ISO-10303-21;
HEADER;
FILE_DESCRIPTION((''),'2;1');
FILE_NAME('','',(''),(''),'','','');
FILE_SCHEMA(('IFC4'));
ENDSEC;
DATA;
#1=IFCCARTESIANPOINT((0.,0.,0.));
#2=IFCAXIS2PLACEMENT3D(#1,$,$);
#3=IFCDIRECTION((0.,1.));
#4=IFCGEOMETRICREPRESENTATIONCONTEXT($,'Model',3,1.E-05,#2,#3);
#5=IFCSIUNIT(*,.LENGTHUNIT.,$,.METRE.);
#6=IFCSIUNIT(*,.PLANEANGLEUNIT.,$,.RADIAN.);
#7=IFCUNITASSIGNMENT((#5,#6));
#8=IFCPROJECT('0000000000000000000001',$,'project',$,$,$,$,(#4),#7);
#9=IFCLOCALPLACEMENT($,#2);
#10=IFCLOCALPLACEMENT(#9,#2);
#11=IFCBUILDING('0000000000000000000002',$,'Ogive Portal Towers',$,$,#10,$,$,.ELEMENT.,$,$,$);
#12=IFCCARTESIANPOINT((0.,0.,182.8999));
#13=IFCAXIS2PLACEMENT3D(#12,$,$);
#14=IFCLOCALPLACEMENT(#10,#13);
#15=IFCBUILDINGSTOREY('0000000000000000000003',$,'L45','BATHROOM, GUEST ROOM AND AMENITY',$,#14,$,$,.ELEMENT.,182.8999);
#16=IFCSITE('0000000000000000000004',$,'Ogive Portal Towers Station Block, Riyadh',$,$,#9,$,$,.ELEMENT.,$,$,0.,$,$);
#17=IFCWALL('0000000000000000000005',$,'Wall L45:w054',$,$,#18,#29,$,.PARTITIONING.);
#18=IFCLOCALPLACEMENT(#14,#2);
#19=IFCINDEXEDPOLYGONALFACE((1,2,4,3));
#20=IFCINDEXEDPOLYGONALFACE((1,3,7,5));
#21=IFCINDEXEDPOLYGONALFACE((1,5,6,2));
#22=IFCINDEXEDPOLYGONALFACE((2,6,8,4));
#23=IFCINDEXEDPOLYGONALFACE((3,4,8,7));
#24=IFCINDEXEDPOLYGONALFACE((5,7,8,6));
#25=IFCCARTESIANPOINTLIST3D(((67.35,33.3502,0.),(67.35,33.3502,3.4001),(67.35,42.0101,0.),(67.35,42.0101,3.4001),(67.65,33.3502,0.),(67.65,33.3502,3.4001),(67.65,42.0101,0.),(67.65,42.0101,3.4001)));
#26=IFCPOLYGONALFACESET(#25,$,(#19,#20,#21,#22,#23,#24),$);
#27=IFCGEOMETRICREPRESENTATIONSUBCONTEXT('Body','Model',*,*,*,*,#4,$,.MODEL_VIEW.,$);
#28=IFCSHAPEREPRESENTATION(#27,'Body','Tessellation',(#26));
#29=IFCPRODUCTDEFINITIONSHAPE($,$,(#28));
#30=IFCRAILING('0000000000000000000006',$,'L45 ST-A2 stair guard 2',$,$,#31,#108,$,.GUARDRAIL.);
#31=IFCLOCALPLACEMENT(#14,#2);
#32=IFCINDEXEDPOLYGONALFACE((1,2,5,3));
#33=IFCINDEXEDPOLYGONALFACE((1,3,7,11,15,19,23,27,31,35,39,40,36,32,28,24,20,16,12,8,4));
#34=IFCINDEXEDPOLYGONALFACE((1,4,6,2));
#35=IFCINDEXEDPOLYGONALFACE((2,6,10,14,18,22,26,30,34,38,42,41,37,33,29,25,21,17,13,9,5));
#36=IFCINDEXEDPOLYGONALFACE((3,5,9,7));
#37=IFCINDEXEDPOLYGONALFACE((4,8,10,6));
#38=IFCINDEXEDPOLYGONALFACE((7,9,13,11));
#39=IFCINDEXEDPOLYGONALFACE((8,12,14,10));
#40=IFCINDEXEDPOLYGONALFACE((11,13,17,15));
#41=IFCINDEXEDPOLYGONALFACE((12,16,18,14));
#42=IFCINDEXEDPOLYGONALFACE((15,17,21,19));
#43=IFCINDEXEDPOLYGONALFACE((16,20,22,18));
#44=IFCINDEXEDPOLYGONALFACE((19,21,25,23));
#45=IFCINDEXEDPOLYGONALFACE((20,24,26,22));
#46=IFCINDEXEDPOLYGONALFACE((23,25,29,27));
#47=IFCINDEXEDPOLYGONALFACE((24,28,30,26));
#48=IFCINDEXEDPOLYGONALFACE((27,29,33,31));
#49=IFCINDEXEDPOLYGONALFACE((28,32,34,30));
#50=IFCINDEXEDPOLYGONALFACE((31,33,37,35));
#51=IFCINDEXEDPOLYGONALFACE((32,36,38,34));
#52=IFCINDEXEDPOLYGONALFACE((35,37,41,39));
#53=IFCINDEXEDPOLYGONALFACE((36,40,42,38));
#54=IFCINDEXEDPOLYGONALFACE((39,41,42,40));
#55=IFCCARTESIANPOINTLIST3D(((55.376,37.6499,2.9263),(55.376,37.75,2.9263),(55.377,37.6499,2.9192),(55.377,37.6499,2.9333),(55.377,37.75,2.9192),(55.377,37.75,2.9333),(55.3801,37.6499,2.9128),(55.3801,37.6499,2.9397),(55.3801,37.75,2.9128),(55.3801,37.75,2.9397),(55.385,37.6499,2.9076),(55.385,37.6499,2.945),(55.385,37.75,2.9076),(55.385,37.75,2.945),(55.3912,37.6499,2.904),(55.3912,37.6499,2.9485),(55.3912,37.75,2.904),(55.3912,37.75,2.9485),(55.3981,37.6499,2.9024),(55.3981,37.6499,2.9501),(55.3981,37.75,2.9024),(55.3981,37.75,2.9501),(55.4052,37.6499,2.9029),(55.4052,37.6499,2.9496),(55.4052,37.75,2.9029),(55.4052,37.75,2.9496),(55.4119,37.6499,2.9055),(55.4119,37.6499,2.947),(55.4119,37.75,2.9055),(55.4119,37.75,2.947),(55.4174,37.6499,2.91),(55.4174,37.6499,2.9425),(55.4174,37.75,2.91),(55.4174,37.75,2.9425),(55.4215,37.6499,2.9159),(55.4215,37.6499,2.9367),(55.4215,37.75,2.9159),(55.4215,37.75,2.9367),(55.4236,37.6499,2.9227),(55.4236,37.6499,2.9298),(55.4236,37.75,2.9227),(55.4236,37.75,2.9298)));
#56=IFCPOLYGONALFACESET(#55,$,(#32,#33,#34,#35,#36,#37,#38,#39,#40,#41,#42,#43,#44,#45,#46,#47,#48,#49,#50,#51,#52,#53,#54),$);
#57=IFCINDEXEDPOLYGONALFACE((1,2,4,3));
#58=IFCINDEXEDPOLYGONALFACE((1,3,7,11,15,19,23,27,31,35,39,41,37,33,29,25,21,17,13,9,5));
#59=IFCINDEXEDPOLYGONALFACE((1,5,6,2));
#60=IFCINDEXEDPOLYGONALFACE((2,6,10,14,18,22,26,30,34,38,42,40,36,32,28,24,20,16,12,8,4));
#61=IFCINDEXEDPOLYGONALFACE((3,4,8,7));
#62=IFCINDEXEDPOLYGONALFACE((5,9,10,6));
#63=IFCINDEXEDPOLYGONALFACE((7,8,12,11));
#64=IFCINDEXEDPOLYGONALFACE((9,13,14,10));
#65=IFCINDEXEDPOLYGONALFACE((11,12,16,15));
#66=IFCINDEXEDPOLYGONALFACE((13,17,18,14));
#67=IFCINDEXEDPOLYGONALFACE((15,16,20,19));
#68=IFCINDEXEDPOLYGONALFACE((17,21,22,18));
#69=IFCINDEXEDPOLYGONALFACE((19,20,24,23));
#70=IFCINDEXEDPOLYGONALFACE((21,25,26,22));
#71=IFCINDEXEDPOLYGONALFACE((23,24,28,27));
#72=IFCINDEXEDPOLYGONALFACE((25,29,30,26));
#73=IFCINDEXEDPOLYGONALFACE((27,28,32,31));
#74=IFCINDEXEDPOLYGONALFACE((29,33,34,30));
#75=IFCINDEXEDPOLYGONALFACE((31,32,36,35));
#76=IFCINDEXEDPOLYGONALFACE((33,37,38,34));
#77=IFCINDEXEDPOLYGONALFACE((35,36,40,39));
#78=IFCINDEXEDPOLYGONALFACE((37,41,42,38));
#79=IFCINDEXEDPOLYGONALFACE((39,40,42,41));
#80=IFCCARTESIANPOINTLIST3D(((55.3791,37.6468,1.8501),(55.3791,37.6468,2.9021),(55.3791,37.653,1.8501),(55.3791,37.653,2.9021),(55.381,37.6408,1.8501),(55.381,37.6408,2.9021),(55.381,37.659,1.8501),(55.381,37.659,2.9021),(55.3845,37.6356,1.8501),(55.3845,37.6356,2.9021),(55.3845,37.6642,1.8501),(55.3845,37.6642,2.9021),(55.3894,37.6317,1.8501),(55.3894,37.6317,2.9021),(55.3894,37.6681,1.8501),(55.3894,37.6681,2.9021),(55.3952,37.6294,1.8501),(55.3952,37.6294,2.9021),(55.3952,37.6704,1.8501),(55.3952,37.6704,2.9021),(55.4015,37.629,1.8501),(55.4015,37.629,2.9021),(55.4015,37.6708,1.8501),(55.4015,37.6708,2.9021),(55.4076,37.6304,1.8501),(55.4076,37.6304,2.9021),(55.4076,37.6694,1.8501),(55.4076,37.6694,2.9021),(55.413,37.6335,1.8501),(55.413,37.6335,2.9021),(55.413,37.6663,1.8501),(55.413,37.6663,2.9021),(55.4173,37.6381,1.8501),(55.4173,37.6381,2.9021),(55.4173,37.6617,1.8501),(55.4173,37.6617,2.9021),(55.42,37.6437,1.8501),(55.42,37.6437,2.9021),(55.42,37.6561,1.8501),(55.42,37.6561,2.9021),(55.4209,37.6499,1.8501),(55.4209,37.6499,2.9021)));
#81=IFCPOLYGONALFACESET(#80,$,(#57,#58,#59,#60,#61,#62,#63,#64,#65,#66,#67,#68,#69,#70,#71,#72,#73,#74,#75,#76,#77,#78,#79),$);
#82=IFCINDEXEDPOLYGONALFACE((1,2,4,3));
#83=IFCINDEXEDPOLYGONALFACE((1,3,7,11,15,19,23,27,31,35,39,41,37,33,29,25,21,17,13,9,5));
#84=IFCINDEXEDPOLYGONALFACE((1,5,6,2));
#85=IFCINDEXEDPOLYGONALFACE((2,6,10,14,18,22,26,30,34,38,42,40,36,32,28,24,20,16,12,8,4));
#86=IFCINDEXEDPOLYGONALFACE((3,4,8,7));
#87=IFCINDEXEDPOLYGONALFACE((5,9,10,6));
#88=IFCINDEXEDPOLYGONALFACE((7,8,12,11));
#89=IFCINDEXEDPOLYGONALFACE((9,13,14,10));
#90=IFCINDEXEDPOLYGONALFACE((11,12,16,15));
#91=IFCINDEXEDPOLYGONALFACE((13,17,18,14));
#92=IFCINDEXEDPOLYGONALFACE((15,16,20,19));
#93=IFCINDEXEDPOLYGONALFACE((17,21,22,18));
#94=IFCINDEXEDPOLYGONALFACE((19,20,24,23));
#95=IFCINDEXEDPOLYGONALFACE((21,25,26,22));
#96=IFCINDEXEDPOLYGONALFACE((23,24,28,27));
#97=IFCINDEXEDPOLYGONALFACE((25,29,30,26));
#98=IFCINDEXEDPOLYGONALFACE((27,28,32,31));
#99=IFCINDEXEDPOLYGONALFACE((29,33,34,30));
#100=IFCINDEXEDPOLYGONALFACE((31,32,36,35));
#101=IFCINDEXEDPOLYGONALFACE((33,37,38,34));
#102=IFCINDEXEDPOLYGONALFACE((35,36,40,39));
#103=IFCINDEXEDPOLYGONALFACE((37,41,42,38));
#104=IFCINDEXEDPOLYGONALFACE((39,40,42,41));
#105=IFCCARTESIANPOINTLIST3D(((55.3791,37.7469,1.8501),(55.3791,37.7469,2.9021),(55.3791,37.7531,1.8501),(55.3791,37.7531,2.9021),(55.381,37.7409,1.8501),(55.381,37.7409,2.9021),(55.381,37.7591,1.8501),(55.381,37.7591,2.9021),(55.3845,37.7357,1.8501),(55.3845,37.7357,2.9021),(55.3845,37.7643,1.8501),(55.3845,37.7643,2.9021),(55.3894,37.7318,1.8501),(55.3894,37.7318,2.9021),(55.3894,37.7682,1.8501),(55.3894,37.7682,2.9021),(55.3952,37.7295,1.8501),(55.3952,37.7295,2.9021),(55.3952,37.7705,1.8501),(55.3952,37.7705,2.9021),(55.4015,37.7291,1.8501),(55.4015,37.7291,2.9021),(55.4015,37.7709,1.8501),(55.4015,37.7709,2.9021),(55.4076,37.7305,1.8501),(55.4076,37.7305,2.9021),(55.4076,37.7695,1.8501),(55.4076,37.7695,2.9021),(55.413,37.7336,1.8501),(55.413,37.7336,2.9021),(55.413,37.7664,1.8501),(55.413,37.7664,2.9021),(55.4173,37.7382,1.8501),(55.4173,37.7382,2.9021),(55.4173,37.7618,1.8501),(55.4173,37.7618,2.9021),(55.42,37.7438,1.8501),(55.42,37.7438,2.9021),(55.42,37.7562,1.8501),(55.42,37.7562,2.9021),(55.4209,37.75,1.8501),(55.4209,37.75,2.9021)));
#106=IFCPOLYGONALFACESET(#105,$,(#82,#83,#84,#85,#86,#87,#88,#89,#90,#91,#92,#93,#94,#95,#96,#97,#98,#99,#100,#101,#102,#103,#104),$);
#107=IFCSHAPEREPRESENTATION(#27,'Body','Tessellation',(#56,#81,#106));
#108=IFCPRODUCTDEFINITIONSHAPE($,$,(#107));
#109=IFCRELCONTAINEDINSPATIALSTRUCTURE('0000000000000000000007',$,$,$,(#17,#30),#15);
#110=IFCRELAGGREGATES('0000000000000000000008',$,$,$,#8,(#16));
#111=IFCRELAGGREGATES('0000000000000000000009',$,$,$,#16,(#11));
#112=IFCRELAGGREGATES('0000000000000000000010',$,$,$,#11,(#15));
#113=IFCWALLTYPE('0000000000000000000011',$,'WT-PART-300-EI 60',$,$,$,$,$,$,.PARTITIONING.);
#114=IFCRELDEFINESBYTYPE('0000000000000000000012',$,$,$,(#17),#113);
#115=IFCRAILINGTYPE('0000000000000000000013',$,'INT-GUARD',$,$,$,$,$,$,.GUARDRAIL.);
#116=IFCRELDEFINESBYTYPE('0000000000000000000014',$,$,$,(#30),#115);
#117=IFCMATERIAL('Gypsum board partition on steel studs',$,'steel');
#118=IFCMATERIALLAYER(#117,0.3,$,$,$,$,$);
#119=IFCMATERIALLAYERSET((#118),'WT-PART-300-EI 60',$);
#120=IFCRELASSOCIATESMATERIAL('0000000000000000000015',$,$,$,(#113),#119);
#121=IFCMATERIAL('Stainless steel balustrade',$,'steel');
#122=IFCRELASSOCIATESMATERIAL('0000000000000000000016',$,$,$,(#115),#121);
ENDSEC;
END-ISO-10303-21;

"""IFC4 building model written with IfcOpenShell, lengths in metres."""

from ifc_helpers import new_model, si_unit, direction, frame, frame_2d, origin, origin_2d, place, context, subcontext, project, spatial, rectangle, circle, extrude, material, layer, layer_set, type_object, element, save


model = new_model("IFC4")

# Units and contexts
model_context = context("Model", 3, precision=1e-05, world=origin(), true_north=direction((0.0, 1.0)))
body_context = subcontext(model_context, "Body", "Model", "MODEL_VIEW")
ifc_project = project(units=[si_unit("LENGTHUNIT", "METRE"), si_unit("PLANEANGLEUNIT", "RADIAN")], contexts=[model_context])

# Site, building, storey
site_placement = place(None, origin())
site = spatial("IfcSite", under=ifc_project, at=site_placement, Name="Ogive Portal Towers Station Block, Riyadh", CompositionType="ELEMENT", RefElevation=0.0)
building_placement = place(site_placement, origin())
building = spatial("IfcBuilding", under=site, at=building_placement, Name="Ogive Portal Towers", CompositionType="ELEMENT")
storey_placement = place(building_placement, frame((0.0, 0.0, 182.8999)))
storey = spatial("IfcBuildingStorey", under=building, at=storey_placement, Name="L45", Description="BATHROOM, GUEST ROOM AND AMENITY", CompositionType="ELEMENT", Elevation=182.8999)

# Shared definitions
ifc_material_1 = material(Name="Gypsum board partition on steel studs", Category="steel")

# Shared definitions
ifc_layer_1 = layer(ifc_material_1, 0.3)
ifc_layer_set_1 = layer_set([ifc_layer_1], Name="WT-PART-300-EI 60")
wall_type_1 = type_object("IfcWallType", Name="WT-PART-300-EI 60", PredefinedType="PARTITIONING", material=ifc_layer_set_1)

# Wall
wall_1_placement = place(storey_placement, frame((67.5, 33.3501, 0.0), z_axis=(0.0, 0.0, 1.0), x_axis=(0.0, 1.0, 0.0)))
element("IfcWall", 1, at=wall_1_placement, inside=storey, type_object=wall_type_1, Name="Wall L45:w054", PredefinedType="PARTITIONING", context=body_context, shape_type="SweptSolid", body=[
    extrude(rectangle(XDim=8.6599, YDim=0.3, at=frame_2d((4.3301, 0.0))), origin(), (0.0, 0.0, 1.0), 3.4001),
])

# Railing
ifc_material_2 = material(Name="Stainless steel balustrade", Category="steel")
railing_type_1 = type_object("IfcRailingType", Name="INT-GUARD", PredefinedType="GUARDRAIL", material=ifc_material_2)
railing_1_placement = place(storey_placement, frame((55.3999, 37.6499, 1.8501)))
element("IfcRailing", 2, at=railing_1_placement, inside=storey, type_object=railing_type_1, Name="L45 ST-A2 stair guard 2", PredefinedType="GUARDRAIL", context=body_context, shape_type="SweptSolid", body=[
    extrude(circle(Radius=0.0239, at=origin_2d()), frame((0.0, 0.0, 1.0762), z_axis=(0.0, 1.0, 0.0), x_axis=(-1.0, 0.0, 0.0)), (0.0, 0.0, 1.0), 0.1001),
    extrude(circle(Radius=0.021, at=origin_2d()), origin(), (0.0, 0.0, 1.0), 1.052),
    extrude(circle(Radius=0.021, at=origin_2d()), frame((0.0, 0.1001, 0.0)), (0.0, 0.0, 1.0), 1.052),
])

save(model, "model.ifc")
